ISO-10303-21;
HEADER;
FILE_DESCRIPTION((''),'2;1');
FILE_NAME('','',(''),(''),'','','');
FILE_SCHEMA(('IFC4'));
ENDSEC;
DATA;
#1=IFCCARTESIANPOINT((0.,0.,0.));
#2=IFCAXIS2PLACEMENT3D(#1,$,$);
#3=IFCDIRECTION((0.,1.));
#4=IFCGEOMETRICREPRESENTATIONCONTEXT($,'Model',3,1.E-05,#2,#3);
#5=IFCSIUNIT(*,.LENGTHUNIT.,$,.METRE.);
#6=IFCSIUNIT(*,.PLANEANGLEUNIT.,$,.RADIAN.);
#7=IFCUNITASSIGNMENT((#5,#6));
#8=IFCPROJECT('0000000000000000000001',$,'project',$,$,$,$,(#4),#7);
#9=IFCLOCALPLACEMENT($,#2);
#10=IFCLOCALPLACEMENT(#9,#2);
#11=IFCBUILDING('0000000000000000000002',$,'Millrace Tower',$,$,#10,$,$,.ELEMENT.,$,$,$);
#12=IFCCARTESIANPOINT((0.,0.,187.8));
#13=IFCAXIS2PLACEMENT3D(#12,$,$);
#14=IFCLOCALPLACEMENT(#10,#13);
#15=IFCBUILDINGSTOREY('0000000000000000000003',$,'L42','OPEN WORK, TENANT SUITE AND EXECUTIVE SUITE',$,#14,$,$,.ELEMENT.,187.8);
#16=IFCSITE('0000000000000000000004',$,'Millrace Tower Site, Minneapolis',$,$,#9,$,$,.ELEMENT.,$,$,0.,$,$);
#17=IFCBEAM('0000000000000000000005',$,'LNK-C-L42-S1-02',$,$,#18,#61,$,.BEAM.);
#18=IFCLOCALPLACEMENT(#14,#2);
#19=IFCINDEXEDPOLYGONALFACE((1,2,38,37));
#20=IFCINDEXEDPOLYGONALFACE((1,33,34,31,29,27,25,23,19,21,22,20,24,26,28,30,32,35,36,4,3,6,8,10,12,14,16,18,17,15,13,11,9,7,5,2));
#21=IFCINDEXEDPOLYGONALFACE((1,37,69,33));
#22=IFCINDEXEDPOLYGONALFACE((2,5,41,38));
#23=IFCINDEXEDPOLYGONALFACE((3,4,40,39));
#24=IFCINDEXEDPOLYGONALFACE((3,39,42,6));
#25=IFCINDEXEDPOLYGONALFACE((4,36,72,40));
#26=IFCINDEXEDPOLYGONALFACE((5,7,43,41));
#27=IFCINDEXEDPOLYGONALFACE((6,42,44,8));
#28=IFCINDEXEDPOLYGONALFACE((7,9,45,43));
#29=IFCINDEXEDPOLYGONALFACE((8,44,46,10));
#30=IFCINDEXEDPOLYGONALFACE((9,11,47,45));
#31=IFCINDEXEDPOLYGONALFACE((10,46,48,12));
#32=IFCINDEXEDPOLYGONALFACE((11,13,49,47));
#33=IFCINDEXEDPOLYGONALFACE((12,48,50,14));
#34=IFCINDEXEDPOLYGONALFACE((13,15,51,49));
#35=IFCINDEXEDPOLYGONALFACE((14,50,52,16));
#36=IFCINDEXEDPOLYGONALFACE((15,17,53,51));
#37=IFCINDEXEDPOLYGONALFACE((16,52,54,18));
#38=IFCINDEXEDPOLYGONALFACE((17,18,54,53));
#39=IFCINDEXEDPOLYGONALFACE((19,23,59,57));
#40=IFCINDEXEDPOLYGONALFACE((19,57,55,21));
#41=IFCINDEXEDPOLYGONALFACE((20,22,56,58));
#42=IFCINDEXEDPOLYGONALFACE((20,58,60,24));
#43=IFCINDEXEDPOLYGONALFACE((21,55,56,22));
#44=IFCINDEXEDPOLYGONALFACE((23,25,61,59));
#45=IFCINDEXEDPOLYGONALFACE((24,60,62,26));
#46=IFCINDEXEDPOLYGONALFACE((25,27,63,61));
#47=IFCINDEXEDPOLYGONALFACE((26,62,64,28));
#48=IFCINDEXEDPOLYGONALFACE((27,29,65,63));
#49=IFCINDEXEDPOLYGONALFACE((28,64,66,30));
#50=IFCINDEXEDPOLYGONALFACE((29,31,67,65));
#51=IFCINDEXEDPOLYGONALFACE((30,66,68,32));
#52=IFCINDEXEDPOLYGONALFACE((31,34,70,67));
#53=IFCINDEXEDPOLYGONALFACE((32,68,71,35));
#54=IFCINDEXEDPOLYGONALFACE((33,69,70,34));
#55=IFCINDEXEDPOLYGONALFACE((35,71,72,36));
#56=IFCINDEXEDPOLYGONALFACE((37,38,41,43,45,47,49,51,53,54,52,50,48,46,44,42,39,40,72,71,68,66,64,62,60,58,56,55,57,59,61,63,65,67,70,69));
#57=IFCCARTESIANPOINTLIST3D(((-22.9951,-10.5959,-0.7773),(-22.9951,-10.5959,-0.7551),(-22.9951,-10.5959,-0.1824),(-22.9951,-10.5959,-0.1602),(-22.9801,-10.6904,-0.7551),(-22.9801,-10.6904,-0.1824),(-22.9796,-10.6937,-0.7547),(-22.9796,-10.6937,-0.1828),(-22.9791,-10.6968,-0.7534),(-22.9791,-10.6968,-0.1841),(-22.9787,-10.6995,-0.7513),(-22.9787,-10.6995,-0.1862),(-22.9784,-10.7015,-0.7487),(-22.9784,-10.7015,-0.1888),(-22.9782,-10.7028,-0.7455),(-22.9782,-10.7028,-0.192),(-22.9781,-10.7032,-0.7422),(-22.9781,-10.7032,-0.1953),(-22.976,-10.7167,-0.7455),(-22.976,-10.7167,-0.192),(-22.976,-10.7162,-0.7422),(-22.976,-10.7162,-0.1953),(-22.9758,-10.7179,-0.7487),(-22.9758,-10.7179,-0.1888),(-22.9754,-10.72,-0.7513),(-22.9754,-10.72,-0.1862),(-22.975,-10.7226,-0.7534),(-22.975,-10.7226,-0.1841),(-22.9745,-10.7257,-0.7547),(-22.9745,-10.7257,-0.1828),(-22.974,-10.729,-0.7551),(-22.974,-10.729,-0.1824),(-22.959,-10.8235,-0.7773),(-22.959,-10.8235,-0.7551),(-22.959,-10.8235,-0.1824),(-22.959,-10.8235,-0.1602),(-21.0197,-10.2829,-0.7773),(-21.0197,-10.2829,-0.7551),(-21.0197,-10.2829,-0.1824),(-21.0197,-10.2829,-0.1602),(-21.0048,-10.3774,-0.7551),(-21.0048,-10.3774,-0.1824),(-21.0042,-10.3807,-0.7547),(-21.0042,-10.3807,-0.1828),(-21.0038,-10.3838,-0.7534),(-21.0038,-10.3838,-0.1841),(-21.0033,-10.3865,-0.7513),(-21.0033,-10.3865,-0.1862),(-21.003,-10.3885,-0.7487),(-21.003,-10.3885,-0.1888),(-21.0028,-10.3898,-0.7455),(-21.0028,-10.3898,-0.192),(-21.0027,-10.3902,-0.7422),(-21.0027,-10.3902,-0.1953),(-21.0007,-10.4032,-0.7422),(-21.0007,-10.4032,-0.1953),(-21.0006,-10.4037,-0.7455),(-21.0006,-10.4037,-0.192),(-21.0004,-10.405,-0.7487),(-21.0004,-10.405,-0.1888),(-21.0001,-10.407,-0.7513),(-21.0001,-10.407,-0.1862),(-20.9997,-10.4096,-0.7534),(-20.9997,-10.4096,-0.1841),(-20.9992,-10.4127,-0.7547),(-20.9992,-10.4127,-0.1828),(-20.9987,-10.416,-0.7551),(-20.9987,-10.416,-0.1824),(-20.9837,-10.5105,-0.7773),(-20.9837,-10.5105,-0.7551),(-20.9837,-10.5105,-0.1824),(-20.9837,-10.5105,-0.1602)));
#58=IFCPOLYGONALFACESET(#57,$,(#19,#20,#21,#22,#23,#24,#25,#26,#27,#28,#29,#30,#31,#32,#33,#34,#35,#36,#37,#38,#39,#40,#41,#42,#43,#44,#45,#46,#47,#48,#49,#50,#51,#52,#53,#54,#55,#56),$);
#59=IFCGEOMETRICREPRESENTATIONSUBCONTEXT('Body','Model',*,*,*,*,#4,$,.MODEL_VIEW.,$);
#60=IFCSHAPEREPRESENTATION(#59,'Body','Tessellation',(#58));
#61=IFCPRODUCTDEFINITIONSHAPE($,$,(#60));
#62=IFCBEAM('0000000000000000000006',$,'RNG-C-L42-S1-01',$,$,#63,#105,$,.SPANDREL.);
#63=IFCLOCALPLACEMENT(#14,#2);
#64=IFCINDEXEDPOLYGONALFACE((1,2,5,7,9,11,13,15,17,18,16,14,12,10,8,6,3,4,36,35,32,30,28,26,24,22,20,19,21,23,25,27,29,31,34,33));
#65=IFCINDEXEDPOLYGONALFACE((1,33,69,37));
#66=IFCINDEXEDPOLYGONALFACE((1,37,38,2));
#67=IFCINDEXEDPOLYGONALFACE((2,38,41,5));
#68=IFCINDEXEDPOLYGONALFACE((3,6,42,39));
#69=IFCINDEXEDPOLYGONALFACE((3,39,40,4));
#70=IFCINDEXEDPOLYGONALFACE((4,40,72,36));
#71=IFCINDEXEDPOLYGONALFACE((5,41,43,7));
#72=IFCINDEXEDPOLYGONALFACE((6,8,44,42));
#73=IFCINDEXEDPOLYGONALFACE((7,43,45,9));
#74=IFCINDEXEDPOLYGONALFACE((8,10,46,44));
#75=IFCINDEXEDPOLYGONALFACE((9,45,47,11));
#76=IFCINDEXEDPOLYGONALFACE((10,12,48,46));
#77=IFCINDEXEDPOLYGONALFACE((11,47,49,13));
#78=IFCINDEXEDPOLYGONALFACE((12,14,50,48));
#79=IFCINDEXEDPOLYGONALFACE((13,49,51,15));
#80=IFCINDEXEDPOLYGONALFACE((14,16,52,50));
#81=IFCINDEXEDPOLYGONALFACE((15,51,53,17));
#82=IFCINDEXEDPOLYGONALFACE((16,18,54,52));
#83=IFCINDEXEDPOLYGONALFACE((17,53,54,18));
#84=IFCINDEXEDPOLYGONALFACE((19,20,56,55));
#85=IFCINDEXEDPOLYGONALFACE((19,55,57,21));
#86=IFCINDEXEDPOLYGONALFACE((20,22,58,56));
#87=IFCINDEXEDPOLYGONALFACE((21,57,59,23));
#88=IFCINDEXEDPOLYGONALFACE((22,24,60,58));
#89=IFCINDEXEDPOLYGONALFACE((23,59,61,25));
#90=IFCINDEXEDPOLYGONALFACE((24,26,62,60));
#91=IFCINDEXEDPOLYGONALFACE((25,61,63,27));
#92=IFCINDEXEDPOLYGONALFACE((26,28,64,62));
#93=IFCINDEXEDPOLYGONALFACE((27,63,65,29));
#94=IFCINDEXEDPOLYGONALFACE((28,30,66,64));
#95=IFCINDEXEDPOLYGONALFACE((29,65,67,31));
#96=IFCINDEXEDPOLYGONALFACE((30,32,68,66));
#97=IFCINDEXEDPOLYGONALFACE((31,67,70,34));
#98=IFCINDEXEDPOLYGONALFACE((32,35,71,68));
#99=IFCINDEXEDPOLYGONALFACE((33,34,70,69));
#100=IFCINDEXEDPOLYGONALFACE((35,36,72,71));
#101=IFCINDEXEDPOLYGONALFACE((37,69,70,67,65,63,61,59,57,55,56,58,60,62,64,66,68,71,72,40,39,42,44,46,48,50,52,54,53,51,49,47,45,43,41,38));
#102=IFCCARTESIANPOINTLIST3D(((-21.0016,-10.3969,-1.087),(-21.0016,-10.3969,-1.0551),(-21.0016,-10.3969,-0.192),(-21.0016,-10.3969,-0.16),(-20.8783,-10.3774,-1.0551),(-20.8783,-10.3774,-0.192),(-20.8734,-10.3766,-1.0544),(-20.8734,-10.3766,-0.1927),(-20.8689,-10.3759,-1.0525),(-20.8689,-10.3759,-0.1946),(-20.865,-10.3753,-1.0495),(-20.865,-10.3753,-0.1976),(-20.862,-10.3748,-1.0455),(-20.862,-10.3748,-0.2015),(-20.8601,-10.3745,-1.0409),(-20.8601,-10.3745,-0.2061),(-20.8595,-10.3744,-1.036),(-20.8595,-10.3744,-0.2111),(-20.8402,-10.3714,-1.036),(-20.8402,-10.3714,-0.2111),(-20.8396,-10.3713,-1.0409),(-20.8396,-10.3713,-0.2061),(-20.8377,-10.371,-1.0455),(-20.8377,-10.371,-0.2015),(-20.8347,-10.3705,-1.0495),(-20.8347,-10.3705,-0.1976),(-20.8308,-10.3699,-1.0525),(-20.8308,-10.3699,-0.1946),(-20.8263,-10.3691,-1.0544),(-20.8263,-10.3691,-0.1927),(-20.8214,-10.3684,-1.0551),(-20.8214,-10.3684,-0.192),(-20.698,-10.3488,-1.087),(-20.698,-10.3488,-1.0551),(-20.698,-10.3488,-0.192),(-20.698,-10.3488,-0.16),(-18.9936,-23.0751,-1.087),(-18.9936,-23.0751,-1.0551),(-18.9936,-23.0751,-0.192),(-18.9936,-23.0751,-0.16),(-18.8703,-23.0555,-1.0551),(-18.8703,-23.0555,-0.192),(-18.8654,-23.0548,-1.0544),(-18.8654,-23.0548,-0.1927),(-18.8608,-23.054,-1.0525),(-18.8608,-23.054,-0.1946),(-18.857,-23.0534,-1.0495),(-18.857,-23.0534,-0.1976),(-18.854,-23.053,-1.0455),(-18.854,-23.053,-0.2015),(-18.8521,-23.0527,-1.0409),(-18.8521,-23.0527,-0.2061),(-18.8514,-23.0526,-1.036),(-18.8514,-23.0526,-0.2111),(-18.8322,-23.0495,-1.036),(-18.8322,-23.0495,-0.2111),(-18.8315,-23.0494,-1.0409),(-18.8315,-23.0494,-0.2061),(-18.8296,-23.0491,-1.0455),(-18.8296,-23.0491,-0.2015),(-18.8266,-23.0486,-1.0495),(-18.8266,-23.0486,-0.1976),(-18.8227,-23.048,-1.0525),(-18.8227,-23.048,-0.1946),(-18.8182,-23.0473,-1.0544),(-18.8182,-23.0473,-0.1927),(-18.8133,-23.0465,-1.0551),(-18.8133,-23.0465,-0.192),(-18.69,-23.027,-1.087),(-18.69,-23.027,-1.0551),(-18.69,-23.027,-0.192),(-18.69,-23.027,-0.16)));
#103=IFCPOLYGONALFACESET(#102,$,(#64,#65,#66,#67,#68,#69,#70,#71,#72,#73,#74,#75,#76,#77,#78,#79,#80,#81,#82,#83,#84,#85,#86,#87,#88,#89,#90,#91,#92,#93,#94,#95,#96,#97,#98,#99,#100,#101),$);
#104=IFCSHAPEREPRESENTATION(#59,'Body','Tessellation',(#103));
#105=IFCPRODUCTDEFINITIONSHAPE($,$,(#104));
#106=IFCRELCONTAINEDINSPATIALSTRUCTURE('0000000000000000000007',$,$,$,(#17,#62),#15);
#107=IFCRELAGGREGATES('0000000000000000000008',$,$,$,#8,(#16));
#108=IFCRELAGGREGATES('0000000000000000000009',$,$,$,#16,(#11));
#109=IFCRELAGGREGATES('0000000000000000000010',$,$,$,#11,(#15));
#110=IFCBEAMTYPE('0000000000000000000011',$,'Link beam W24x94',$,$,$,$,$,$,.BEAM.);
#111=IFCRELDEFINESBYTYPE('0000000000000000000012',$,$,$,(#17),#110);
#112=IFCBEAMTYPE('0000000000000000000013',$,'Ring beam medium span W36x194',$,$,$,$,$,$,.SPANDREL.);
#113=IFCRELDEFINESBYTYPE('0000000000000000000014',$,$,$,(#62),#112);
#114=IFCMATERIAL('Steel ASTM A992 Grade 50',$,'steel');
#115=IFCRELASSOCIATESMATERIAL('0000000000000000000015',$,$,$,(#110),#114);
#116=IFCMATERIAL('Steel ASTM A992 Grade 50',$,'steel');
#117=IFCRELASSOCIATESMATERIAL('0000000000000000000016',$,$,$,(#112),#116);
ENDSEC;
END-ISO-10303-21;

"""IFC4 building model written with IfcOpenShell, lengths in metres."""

from ifc_helpers import new_model, si_unit, direction, frame, origin, origin_2d, place, context, subcontext, project, spatial, i_section, extrude, material, material_profile, profile_set, type_object, element, save


model = new_model("IFC4")

# Units and contexts
model_context = context("Model", 3, precision=1e-05, world=origin(), true_north=direction((0.0, 1.0)))
body_context = subcontext(model_context, "Body", "Model", "MODEL_VIEW")
ifc_project = project(units=[si_unit("LENGTHUNIT", "METRE"), si_unit("PLANEANGLEUNIT", "RADIAN")], contexts=[model_context])

# Site, building, storey
site_placement = place(None, origin())
site = spatial("IfcSite", under=ifc_project, at=site_placement, Name="Millrace Tower Site, Minneapolis", CompositionType="ELEMENT", RefElevation=0.0)
building_placement = place(site_placement, origin())
building = spatial("IfcBuilding", under=site, at=building_placement, Name="Millrace Tower", CompositionType="ELEMENT")
storey_placement = place(building_placement, frame((0.0, 0.0, 187.8)))
storey = spatial("IfcBuildingStorey", under=building, at=storey_placement, Name="L42", Description="OPEN WORK, TENANT SUITE AND EXECUTIVE SUITE", CompositionType="ELEMENT", Elevation=187.8)

# Beams
ifc_material_1 = material(Name="Steel ASTM A992 Grade 50", Category="steel")
ifc_material_profile_1 = material_profile(ifc_material_1, i_section(OverallWidth=0.2305, OverallDepth=0.6172, WebThickness=0.0132, FlangeThickness=0.0222, FilletRadius=0.0129, at=origin_2d()))
ifc_profile_set_1 = profile_set([ifc_material_profile_1], Name="Steel ASTM A992 Grade 50")
beam_type_1 = type_object("IfcBeamType", Name="Link beam W24x94", PredefinedType="BEAM", material=ifc_profile_set_1)
beam_1_placement = place(storey_placement, frame((-21.0017, -10.3967, -0.4688), z_axis=(-0.987679, -0.156495, 0.0), x_axis=(0.156495, -0.987679, 0.0)))
element("IfcBeam", 1, at=beam_1_placement, inside=storey, type_object=beam_type_1, Name="LNK-C-L42-S1-02", PredefinedType="BEAM", context=body_context, shape_type="SweptSolid", body=[
    extrude(i_section(OverallWidth=0.2305, OverallDepth=0.6172, WebThickness=0.0132, FlangeThickness=0.0222, FilletRadius=0.0129, at=origin_2d()), origin(), (0.0, 0.0, 1.0), 2.0),
])
ifc_material_2 = material(Name="Steel ASTM A992 Grade 50", Category="steel")
ifc_material_profile_2 = material_profile(ifc_material_2, i_section(OverallWidth=0.3074, OverallDepth=0.927, WebThickness=0.0195, FlangeThickness=0.032, FilletRadius=0.019, at=origin_2d()))
ifc_profile_set_2 = profile_set([ifc_material_profile_2], Name="Steel ASTM A992 Grade 50")
beam_type_2 = type_object("IfcBeamType", Name="Ring beam medium span W36x194", PredefinedType="SPANDREL", material=ifc_profile_set_2)
beam_2_placement = place(storey_placement, frame((-18.8418, -23.051, -0.6235), z_axis=(-0.156436, 0.987688, 0.0), x_axis=(-0.987688, -0.156436, 0.0)))
element("IfcBeam", 2, at=beam_2_placement, inside=storey, type_object=beam_type_2, Name="RNG-C-L42-S1-01", PredefinedType="SPANDREL", context=body_context, shape_type="SweptSolid", body=[
    extrude(i_section(OverallWidth=0.3074, OverallDepth=0.927, WebThickness=0.0195, FlangeThickness=0.032, FilletRadius=0.019, at=origin_2d()), origin(), (0.0, 0.0, 1.0), 12.8362),
])

save(model, "model.ifc")
